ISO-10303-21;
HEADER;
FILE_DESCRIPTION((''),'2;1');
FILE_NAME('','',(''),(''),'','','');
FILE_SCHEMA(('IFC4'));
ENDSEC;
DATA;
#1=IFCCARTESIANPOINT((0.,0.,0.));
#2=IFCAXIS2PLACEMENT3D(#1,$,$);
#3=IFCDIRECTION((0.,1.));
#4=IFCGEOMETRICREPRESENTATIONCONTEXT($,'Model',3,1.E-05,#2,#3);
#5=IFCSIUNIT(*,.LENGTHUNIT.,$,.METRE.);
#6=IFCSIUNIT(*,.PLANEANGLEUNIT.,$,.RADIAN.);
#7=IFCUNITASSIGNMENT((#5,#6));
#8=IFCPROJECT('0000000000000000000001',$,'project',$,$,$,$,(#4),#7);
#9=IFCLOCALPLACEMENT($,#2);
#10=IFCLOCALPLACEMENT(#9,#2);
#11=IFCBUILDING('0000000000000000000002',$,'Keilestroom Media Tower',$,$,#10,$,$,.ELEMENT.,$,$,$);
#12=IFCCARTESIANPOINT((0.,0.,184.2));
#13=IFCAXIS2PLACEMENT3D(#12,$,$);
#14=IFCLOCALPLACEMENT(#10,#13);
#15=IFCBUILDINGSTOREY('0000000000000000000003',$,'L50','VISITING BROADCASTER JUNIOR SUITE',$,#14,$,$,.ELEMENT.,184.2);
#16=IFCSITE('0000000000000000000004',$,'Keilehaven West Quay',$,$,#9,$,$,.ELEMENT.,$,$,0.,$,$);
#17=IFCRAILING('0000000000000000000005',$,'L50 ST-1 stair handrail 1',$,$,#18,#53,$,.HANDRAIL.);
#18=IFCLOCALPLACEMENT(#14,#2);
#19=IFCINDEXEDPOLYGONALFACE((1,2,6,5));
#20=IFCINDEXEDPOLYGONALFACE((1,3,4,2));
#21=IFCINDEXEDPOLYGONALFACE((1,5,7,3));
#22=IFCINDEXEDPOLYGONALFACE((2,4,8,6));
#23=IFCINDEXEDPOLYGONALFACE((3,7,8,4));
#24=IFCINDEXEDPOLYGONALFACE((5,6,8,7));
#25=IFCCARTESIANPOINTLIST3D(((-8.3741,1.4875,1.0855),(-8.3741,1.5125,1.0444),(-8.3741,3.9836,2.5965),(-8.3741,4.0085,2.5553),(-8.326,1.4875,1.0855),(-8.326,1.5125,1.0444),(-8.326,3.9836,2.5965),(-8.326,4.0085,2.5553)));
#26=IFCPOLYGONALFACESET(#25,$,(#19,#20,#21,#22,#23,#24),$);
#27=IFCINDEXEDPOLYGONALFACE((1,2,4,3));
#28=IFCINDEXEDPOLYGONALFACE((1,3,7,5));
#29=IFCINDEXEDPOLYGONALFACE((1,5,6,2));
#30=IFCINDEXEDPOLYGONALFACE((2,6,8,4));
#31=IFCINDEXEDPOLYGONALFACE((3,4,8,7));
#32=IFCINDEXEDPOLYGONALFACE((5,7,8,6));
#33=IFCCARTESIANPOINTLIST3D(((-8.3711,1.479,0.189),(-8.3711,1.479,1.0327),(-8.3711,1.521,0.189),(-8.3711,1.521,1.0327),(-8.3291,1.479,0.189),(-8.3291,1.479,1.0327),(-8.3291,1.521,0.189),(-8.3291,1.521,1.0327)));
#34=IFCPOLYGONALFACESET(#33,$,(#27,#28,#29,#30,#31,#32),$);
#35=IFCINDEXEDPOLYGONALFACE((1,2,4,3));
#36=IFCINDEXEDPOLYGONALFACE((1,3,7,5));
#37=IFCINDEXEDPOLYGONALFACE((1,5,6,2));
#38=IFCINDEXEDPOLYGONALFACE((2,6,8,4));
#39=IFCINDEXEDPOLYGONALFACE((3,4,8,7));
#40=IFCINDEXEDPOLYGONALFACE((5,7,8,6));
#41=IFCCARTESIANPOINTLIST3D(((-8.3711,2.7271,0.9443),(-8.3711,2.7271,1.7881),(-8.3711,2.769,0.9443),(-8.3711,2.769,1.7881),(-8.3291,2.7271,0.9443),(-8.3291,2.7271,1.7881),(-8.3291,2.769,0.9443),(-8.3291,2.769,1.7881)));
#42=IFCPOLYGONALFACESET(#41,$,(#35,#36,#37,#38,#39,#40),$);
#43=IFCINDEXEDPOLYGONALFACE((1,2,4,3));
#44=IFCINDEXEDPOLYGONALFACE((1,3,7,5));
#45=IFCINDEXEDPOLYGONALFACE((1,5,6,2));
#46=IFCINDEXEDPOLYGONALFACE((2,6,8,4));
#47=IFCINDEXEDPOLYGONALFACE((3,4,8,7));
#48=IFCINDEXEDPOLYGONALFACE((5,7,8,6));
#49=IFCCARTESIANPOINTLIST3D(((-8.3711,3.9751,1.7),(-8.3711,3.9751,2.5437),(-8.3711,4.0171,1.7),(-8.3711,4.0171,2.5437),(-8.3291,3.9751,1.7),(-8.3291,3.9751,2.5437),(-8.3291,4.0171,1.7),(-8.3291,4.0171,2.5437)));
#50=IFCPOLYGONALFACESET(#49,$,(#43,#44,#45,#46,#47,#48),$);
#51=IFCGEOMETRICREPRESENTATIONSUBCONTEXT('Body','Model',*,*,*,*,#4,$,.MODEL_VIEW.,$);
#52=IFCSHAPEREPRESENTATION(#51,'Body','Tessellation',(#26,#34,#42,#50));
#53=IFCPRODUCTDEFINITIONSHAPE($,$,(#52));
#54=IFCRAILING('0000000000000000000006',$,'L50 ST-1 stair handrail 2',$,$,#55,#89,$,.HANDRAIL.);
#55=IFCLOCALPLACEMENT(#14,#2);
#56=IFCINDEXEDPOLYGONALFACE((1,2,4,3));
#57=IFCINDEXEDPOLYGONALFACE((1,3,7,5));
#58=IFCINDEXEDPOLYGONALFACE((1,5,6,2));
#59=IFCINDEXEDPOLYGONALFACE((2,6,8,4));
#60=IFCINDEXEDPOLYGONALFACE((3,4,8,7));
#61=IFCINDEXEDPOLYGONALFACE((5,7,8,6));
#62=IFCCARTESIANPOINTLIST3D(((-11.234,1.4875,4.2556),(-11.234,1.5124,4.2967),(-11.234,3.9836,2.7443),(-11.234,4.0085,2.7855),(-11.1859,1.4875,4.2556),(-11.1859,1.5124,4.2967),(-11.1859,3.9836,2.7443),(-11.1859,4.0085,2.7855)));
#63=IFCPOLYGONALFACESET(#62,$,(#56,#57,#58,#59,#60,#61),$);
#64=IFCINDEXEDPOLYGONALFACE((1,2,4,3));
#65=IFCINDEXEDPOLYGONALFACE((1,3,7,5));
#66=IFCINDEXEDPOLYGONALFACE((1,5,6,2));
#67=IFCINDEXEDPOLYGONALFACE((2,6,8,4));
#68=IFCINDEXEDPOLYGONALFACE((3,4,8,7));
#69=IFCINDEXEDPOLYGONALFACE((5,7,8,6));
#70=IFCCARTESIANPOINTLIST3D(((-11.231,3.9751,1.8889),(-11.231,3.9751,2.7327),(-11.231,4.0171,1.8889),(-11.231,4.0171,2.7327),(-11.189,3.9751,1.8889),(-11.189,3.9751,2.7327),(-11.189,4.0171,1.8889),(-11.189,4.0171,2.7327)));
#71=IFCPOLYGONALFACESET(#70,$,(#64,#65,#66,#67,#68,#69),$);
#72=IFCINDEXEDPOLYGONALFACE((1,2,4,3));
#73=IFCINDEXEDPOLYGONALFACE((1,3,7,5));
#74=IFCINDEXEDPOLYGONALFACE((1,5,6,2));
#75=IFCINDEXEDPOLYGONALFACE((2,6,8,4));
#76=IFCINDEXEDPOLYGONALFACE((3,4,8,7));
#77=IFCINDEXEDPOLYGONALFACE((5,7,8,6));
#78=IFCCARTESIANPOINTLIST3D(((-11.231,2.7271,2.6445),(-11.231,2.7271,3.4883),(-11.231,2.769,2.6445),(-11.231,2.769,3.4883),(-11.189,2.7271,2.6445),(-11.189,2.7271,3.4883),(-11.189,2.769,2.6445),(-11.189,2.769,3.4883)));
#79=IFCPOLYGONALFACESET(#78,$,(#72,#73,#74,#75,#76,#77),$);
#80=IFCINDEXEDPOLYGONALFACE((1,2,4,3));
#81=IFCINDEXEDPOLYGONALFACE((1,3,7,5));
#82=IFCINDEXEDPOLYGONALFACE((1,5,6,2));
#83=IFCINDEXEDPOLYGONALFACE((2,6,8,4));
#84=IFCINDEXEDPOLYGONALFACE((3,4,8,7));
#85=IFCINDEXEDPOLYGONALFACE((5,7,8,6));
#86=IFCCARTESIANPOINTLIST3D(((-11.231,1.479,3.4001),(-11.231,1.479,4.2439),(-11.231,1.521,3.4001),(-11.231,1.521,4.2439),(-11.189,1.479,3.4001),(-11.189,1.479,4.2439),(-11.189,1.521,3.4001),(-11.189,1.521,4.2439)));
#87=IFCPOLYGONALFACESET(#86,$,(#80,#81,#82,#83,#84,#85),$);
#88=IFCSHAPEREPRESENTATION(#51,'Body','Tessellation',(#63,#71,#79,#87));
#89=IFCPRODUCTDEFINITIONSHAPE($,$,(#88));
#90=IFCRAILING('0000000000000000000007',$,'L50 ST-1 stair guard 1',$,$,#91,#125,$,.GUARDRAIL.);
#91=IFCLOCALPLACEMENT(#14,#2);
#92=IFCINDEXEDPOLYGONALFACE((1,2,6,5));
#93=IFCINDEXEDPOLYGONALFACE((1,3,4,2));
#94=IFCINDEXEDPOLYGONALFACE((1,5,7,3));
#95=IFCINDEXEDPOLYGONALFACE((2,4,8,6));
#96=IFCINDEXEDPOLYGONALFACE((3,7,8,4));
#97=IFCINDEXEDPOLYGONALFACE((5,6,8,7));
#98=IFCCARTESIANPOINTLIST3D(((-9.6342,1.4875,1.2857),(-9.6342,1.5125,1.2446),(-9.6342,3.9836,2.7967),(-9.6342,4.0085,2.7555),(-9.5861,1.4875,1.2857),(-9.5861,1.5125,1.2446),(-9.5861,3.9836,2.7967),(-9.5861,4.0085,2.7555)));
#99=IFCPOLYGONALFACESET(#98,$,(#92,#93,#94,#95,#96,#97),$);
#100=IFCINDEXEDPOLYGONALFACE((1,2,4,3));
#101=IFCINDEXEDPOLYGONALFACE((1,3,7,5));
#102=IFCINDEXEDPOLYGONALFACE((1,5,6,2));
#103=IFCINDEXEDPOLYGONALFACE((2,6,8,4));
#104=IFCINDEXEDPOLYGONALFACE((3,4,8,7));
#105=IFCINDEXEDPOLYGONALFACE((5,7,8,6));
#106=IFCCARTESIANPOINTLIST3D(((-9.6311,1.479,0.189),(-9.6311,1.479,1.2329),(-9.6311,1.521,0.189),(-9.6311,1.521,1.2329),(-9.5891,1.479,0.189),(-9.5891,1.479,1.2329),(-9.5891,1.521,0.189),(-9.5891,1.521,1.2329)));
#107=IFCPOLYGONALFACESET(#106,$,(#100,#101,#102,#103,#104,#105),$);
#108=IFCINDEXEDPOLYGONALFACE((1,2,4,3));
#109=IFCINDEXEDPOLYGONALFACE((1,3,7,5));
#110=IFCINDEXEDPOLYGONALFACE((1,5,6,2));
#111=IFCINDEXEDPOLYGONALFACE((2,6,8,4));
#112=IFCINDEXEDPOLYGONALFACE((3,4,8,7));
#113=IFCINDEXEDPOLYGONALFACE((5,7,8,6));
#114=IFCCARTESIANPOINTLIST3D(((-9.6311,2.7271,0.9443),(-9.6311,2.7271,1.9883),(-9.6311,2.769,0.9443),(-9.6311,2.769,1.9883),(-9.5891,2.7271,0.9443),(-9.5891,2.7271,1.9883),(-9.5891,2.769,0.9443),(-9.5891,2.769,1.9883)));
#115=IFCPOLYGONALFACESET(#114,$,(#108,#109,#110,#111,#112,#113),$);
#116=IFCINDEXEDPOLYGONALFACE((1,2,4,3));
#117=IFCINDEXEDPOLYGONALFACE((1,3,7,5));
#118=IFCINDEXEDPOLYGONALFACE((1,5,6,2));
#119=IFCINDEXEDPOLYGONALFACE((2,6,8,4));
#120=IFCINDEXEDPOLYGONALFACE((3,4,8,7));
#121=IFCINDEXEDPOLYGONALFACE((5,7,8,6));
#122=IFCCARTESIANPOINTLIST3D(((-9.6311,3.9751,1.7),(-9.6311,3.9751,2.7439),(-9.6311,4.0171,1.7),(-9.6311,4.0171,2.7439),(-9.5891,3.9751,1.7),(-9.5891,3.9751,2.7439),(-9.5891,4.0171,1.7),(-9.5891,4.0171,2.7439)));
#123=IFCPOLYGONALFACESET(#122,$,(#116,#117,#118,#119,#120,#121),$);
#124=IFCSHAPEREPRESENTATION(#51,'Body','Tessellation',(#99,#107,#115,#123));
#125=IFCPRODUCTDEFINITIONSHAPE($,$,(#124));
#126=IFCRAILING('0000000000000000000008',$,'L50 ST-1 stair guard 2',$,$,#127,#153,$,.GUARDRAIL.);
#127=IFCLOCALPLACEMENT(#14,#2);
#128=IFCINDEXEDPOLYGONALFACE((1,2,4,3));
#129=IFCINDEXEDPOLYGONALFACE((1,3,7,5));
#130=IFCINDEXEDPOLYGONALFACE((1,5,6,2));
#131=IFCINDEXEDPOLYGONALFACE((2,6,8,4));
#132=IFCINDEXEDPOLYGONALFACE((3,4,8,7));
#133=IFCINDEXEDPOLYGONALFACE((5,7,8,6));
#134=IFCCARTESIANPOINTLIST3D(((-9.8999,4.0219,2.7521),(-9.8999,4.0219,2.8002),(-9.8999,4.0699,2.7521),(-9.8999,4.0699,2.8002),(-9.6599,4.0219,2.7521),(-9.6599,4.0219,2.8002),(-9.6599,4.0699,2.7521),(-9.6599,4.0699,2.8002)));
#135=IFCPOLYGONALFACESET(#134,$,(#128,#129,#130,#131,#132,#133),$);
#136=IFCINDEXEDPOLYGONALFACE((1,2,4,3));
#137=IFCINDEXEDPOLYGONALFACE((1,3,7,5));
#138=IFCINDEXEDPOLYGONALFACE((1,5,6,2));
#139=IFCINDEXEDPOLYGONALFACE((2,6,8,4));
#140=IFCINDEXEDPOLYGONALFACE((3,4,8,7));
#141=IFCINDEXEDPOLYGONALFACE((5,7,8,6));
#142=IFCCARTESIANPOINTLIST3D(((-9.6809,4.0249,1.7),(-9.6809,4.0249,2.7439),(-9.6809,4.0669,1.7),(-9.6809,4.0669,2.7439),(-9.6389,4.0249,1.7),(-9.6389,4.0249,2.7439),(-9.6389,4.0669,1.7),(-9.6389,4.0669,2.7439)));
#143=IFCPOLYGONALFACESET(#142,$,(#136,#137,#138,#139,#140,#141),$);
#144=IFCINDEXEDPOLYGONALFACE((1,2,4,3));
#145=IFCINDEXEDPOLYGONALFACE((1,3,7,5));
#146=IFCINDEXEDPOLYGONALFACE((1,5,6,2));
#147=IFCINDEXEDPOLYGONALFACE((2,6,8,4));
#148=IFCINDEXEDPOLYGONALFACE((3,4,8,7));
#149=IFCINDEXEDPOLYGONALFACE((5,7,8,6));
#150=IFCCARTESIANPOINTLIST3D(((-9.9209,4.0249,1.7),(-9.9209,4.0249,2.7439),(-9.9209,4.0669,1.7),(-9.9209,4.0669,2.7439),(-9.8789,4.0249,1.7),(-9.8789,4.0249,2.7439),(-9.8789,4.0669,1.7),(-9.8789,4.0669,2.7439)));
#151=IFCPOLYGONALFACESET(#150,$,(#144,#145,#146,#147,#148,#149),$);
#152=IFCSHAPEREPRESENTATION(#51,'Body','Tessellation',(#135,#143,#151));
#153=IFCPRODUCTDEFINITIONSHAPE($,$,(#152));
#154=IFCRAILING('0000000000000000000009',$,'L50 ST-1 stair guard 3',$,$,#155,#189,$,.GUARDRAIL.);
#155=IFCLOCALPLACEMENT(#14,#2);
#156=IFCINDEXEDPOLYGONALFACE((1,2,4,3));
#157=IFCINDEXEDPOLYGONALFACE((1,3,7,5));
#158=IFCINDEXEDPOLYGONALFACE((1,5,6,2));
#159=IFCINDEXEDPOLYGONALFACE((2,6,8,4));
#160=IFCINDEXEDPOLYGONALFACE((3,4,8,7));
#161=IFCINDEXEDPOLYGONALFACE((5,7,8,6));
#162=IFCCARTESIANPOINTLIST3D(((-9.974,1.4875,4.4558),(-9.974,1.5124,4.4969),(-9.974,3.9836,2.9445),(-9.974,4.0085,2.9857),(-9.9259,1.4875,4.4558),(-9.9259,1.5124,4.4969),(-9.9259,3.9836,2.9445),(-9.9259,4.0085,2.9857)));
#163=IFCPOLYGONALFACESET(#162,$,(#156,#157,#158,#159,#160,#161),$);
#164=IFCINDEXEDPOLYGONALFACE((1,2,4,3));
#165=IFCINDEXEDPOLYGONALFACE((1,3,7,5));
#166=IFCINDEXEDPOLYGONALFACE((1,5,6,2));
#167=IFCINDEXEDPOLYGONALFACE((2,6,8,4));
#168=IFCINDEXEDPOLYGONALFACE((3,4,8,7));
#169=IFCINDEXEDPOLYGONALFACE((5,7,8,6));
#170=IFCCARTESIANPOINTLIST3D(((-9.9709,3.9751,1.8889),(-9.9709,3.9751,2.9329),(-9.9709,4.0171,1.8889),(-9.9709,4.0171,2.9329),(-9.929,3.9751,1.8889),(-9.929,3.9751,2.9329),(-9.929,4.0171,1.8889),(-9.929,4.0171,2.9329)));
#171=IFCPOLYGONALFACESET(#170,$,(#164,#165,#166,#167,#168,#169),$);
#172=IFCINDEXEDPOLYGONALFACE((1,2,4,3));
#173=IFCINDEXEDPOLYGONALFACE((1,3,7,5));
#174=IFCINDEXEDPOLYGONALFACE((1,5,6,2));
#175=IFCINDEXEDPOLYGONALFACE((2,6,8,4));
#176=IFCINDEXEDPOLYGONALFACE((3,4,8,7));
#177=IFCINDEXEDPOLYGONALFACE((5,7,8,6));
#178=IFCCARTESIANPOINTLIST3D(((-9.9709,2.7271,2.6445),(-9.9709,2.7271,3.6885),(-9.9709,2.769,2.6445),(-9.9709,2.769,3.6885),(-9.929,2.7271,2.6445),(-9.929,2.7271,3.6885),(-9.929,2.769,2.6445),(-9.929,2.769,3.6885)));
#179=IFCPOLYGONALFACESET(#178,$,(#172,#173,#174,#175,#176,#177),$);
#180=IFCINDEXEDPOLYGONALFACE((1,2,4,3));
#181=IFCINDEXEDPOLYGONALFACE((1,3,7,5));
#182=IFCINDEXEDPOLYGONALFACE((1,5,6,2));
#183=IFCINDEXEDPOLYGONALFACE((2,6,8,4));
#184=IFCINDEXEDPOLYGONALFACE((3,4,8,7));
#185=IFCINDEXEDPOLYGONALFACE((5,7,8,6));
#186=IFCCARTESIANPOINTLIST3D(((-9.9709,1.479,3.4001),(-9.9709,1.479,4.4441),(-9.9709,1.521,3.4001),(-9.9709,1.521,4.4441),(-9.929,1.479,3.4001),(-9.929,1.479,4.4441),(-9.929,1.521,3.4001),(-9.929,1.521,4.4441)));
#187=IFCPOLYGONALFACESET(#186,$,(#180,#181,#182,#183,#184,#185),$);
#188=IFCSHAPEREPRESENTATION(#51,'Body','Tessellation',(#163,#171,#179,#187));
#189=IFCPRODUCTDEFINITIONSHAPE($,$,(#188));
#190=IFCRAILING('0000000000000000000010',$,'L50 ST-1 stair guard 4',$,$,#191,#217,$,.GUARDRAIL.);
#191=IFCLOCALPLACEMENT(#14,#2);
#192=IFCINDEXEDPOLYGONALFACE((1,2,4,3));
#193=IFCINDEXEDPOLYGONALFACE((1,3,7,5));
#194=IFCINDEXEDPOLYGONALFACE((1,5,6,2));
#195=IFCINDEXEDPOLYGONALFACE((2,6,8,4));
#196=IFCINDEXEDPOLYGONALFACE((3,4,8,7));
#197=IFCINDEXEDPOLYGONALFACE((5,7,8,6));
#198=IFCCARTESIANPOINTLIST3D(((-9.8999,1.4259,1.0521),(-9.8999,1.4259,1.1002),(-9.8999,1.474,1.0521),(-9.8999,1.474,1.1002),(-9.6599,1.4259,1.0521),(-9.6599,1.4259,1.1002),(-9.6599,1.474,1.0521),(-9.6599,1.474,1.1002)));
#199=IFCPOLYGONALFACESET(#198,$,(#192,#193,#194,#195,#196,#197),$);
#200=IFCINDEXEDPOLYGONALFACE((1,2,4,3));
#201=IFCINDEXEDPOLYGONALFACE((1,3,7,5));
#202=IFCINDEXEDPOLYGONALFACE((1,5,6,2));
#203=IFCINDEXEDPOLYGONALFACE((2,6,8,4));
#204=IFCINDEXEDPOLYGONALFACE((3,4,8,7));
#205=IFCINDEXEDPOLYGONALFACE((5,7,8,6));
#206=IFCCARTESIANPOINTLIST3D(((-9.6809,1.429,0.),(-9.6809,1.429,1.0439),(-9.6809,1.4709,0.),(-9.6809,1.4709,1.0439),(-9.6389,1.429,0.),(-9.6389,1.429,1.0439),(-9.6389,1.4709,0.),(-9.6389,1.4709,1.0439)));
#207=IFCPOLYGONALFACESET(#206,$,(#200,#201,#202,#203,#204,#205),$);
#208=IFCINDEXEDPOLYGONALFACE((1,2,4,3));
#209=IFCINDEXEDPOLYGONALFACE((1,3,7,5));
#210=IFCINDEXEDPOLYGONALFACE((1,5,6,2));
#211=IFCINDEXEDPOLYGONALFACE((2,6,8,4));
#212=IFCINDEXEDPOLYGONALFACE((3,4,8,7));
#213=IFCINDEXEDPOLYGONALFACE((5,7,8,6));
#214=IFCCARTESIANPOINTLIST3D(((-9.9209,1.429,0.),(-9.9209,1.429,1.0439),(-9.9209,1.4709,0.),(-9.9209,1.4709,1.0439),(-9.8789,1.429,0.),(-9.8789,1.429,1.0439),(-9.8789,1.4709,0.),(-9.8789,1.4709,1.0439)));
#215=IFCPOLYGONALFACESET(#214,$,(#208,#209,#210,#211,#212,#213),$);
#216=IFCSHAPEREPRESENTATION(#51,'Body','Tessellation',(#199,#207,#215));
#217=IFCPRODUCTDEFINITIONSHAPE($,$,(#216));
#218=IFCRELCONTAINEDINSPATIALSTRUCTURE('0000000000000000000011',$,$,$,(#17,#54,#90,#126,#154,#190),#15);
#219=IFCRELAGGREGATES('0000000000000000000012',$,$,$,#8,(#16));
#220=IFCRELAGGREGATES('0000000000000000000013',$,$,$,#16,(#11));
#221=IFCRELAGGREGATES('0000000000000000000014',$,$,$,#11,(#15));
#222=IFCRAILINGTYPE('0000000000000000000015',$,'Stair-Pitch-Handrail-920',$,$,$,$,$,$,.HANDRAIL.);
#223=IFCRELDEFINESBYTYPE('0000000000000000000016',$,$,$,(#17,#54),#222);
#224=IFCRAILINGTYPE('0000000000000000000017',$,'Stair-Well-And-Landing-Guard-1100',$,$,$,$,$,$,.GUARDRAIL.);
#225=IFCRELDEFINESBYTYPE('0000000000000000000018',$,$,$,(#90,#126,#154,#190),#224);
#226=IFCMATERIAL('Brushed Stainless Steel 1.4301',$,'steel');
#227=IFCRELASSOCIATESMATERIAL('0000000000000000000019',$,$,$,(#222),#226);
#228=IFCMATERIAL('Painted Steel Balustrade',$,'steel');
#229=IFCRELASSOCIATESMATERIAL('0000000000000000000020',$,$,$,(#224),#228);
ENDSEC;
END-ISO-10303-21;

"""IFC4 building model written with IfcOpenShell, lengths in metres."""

from ifc_helpers import new_model, si_unit, direction, frame, origin, origin_2d, place, context, subcontext, project, spatial, rectangle, extrude, material, type_object, element, save


model = new_model("IFC4")

# Units and contexts
model_context = context("Model", 3, precision=1e-05, world=origin(), true_north=direction((0.0, 1.0)))
body_context = subcontext(model_context, "Body", "Model", "MODEL_VIEW")
ifc_project = project(units=[si_unit("LENGTHUNIT", "METRE"), si_unit("PLANEANGLEUNIT", "RADIAN")], contexts=[model_context])

# Site, building, storey
site_placement = place(None, origin())
site = spatial("IfcSite", under=ifc_project, at=site_placement, Name="Keilehaven West Quay", CompositionType="ELEMENT", RefElevation=0.0)
building_placement = place(site_placement, origin())
building = spatial("IfcBuilding", under=site, at=building_placement, Name="Keilestroom Media Tower", CompositionType="ELEMENT")
storey_placement = place(building_placement, frame((0.0, 0.0, 184.2)))
storey = spatial("IfcBuildingStorey", under=building, at=storey_placement, Name="L50", Description="VISITING BROADCASTER JUNIOR SUITE", CompositionType="ELEMENT", Elevation=184.2)

# Railings
ifc_material_1 = material(Name="Brushed Stainless Steel 1.4301", Category="steel")
railing_type_1 = type_object("IfcRailingType", Name="Stair-Pitch-Handrail-920", PredefinedType="HANDRAIL", material=ifc_material_1)
railing_1_placement = place(storey_placement, frame((-8.3501, 1.5, 0.189)))
element("IfcRailing", 1, at=railing_1_placement, inside=storey, type_object=railing_type_1, Name="L50 ST-1 stair handrail 1", PredefinedType="HANDRAIL", context=body_context, shape_type="SweptSolid", body=[
    extrude(rectangle(XDim=0.0481, YDim=0.0481, at=origin_2d()), frame((0.0, 0.0, 0.876), z_axis=(0.0, 0.855471, 0.517851), x_axis=(-1.0, 0.0, 0.0)), (0.0, 0.0, 1.0), 2.9177),
    extrude(rectangle(XDim=0.042, YDim=0.042, at=origin_2d()), origin(), (0.0, 0.0, 1.0), 0.8438),
    extrude(rectangle(XDim=0.042, YDim=0.042, at=origin_2d()), frame((0.0, 1.248, 0.7554)), (0.0, 0.0, 1.0), 0.8438),
    extrude(rectangle(XDim=0.042, YDim=0.042, at=origin_2d()), frame((0.0, 2.4961, 1.511)), (0.0, 0.0, 1.0), 0.8438),
])
railing_2_placement = place(storey_placement, frame((-11.21, 3.9961, 1.8889)))
element("IfcRailing", 2, at=railing_2_placement, inside=storey, type_object=railing_type_1, Name="L50 ST-1 stair handrail 2", PredefinedType="HANDRAIL", context=body_context, shape_type="SweptSolid", body=[
    extrude(rectangle(XDim=0.0481, YDim=0.0481, at=origin_2d()), frame((0.0, 0.0, 0.876), z_axis=(0.0, -0.855434, 0.517912), x_axis=(1.0, 0.0, 0.0)), (0.0, 0.0, 1.0), 2.918),
    extrude(rectangle(XDim=0.042, YDim=0.042, at=origin_2d()), origin(), (0.0, 0.0, 1.0), 0.8438),
    extrude(rectangle(XDim=0.042, YDim=0.042, at=origin_2d()), frame((0.0, -1.248, 0.7556)), (0.0, 0.0, 1.0), 0.8438),
    extrude(rectangle(XDim=0.042, YDim=0.042, at=origin_2d()), frame((0.0, -2.4961, 1.5112)), (0.0, 0.0, 1.0), 0.8438),
])
ifc_material_2 = material(Name="Painted Steel Balustrade", Category="steel")
railing_type_2 = type_object("IfcRailingType", Name="Stair-Well-And-Landing-Guard-1100", PredefinedType="GUARDRAIL", material=ifc_material_2)
railing_3_placement = place(storey_placement, frame((-9.6101, 1.5, 0.189)))
element("IfcRailing", 3, at=railing_3_placement, inside=storey, type_object=railing_type_2, Name="L50 ST-1 stair guard 1", PredefinedType="GUARDRAIL", context=body_context, shape_type="SweptSolid", body=[
    extrude(rectangle(XDim=0.0481, YDim=0.0481, at=origin_2d()), frame((0.0, 0.0, 1.0762), z_axis=(0.0, 0.855471, 0.517851), x_axis=(-1.0, 0.0, 0.0)), (0.0, 0.0, 1.0), 2.9177),
    extrude(rectangle(XDim=0.042, YDim=0.042, at=origin_2d()), origin(), (0.0, 0.0, 1.0), 1.0439),
    extrude(rectangle(XDim=0.042, YDim=0.042, at=origin_2d()), frame((0.0, 1.248, 0.7554)), (0.0, 0.0, 1.0), 1.0439),
    extrude(rectangle(XDim=0.042, YDim=0.042, at=origin_2d()), frame((0.0, 2.4961, 1.511)), (0.0, 0.0, 1.0), 1.0439),
])
railing_4_placement = place(storey_placement, frame((-9.6599, 4.0459, 1.7)))
element("IfcRailing", 4, at=railing_4_placement, inside=storey, type_object=railing_type_2, Name="L50 ST-1 stair guard 2", PredefinedType="GUARDRAIL", context=body_context, shape_type="SweptSolid", body=[
    extrude(rectangle(XDim=0.0481, YDim=0.0481, at=origin_2d()), frame((0.0, 0.0, 1.0762), z_axis=(-1.0, 0.0, 0.0), x_axis=(0.0, -1.0, 0.0)), (0.0, 0.0, 1.0), 0.24),
    extrude(rectangle(XDim=0.042, YDim=0.042, at=origin_2d()), origin(), (0.0, 0.0, 1.0), 1.0439),
    extrude(rectangle(XDim=0.042, YDim=0.042, at=origin_2d()), frame((-0.24, 0.0, 0.0)), (0.0, 0.0, 1.0), 1.0439),
])
railing_5_placement = place(storey_placement, frame((-9.95, 3.9961, 1.8889)))
element("IfcRailing", 5, at=railing_5_placement, inside=storey, type_object=railing_type_2, Name="L50 ST-1 stair guard 3", PredefinedType="GUARDRAIL", context=body_context, shape_type="SweptSolid", body=[
    extrude(rectangle(XDim=0.0481, YDim=0.0481, at=origin_2d()), frame((0.0, 0.0, 1.0762), z_axis=(0.0, -0.855434, 0.517912), x_axis=(1.0, 0.0, 0.0)), (0.0, 0.0, 1.0), 2.918),
    extrude(rectangle(XDim=0.042, YDim=0.042, at=origin_2d()), origin(), (0.0, 0.0, 1.0), 1.0439),
    extrude(rectangle(XDim=0.042, YDim=0.042, at=origin_2d()), frame((0.0, -1.248, 0.7556)), (0.0, 0.0, 1.0), 1.0439),
    extrude(rectangle(XDim=0.042, YDim=0.042, at=origin_2d()), frame((0.0, -2.4961, 1.5112)), (0.0, 0.0, 1.0), 1.0439),
])
railing_6_placement = place(storey_placement, frame((-9.6599, 1.45, 0.0)))
element("IfcRailing", 6, at=railing_6_placement, inside=storey, type_object=railing_type_2, Name="L50 ST-1 stair guard 4", PredefinedType="GUARDRAIL", context=body_context, shape_type="SweptSolid", body=[
    extrude(rectangle(XDim=0.0481, YDim=0.0481, at=origin_2d()), frame((0.0, 0.0, 1.0762), z_axis=(-1.0, 0.0, 0.0), x_axis=(0.0, -1.0, 0.0)), (0.0, 0.0, 1.0), 0.24),
    extrude(rectangle(XDim=0.042, YDim=0.042, at=origin_2d()), origin(), (0.0, 0.0, 1.0), 1.0439),
    extrude(rectangle(XDim=0.042, YDim=0.042, at=origin_2d()), frame((-0.24, 0.0, 0.0)), (0.0, 0.0, 1.0), 1.0439),
])

save(model, "model.ifc")
